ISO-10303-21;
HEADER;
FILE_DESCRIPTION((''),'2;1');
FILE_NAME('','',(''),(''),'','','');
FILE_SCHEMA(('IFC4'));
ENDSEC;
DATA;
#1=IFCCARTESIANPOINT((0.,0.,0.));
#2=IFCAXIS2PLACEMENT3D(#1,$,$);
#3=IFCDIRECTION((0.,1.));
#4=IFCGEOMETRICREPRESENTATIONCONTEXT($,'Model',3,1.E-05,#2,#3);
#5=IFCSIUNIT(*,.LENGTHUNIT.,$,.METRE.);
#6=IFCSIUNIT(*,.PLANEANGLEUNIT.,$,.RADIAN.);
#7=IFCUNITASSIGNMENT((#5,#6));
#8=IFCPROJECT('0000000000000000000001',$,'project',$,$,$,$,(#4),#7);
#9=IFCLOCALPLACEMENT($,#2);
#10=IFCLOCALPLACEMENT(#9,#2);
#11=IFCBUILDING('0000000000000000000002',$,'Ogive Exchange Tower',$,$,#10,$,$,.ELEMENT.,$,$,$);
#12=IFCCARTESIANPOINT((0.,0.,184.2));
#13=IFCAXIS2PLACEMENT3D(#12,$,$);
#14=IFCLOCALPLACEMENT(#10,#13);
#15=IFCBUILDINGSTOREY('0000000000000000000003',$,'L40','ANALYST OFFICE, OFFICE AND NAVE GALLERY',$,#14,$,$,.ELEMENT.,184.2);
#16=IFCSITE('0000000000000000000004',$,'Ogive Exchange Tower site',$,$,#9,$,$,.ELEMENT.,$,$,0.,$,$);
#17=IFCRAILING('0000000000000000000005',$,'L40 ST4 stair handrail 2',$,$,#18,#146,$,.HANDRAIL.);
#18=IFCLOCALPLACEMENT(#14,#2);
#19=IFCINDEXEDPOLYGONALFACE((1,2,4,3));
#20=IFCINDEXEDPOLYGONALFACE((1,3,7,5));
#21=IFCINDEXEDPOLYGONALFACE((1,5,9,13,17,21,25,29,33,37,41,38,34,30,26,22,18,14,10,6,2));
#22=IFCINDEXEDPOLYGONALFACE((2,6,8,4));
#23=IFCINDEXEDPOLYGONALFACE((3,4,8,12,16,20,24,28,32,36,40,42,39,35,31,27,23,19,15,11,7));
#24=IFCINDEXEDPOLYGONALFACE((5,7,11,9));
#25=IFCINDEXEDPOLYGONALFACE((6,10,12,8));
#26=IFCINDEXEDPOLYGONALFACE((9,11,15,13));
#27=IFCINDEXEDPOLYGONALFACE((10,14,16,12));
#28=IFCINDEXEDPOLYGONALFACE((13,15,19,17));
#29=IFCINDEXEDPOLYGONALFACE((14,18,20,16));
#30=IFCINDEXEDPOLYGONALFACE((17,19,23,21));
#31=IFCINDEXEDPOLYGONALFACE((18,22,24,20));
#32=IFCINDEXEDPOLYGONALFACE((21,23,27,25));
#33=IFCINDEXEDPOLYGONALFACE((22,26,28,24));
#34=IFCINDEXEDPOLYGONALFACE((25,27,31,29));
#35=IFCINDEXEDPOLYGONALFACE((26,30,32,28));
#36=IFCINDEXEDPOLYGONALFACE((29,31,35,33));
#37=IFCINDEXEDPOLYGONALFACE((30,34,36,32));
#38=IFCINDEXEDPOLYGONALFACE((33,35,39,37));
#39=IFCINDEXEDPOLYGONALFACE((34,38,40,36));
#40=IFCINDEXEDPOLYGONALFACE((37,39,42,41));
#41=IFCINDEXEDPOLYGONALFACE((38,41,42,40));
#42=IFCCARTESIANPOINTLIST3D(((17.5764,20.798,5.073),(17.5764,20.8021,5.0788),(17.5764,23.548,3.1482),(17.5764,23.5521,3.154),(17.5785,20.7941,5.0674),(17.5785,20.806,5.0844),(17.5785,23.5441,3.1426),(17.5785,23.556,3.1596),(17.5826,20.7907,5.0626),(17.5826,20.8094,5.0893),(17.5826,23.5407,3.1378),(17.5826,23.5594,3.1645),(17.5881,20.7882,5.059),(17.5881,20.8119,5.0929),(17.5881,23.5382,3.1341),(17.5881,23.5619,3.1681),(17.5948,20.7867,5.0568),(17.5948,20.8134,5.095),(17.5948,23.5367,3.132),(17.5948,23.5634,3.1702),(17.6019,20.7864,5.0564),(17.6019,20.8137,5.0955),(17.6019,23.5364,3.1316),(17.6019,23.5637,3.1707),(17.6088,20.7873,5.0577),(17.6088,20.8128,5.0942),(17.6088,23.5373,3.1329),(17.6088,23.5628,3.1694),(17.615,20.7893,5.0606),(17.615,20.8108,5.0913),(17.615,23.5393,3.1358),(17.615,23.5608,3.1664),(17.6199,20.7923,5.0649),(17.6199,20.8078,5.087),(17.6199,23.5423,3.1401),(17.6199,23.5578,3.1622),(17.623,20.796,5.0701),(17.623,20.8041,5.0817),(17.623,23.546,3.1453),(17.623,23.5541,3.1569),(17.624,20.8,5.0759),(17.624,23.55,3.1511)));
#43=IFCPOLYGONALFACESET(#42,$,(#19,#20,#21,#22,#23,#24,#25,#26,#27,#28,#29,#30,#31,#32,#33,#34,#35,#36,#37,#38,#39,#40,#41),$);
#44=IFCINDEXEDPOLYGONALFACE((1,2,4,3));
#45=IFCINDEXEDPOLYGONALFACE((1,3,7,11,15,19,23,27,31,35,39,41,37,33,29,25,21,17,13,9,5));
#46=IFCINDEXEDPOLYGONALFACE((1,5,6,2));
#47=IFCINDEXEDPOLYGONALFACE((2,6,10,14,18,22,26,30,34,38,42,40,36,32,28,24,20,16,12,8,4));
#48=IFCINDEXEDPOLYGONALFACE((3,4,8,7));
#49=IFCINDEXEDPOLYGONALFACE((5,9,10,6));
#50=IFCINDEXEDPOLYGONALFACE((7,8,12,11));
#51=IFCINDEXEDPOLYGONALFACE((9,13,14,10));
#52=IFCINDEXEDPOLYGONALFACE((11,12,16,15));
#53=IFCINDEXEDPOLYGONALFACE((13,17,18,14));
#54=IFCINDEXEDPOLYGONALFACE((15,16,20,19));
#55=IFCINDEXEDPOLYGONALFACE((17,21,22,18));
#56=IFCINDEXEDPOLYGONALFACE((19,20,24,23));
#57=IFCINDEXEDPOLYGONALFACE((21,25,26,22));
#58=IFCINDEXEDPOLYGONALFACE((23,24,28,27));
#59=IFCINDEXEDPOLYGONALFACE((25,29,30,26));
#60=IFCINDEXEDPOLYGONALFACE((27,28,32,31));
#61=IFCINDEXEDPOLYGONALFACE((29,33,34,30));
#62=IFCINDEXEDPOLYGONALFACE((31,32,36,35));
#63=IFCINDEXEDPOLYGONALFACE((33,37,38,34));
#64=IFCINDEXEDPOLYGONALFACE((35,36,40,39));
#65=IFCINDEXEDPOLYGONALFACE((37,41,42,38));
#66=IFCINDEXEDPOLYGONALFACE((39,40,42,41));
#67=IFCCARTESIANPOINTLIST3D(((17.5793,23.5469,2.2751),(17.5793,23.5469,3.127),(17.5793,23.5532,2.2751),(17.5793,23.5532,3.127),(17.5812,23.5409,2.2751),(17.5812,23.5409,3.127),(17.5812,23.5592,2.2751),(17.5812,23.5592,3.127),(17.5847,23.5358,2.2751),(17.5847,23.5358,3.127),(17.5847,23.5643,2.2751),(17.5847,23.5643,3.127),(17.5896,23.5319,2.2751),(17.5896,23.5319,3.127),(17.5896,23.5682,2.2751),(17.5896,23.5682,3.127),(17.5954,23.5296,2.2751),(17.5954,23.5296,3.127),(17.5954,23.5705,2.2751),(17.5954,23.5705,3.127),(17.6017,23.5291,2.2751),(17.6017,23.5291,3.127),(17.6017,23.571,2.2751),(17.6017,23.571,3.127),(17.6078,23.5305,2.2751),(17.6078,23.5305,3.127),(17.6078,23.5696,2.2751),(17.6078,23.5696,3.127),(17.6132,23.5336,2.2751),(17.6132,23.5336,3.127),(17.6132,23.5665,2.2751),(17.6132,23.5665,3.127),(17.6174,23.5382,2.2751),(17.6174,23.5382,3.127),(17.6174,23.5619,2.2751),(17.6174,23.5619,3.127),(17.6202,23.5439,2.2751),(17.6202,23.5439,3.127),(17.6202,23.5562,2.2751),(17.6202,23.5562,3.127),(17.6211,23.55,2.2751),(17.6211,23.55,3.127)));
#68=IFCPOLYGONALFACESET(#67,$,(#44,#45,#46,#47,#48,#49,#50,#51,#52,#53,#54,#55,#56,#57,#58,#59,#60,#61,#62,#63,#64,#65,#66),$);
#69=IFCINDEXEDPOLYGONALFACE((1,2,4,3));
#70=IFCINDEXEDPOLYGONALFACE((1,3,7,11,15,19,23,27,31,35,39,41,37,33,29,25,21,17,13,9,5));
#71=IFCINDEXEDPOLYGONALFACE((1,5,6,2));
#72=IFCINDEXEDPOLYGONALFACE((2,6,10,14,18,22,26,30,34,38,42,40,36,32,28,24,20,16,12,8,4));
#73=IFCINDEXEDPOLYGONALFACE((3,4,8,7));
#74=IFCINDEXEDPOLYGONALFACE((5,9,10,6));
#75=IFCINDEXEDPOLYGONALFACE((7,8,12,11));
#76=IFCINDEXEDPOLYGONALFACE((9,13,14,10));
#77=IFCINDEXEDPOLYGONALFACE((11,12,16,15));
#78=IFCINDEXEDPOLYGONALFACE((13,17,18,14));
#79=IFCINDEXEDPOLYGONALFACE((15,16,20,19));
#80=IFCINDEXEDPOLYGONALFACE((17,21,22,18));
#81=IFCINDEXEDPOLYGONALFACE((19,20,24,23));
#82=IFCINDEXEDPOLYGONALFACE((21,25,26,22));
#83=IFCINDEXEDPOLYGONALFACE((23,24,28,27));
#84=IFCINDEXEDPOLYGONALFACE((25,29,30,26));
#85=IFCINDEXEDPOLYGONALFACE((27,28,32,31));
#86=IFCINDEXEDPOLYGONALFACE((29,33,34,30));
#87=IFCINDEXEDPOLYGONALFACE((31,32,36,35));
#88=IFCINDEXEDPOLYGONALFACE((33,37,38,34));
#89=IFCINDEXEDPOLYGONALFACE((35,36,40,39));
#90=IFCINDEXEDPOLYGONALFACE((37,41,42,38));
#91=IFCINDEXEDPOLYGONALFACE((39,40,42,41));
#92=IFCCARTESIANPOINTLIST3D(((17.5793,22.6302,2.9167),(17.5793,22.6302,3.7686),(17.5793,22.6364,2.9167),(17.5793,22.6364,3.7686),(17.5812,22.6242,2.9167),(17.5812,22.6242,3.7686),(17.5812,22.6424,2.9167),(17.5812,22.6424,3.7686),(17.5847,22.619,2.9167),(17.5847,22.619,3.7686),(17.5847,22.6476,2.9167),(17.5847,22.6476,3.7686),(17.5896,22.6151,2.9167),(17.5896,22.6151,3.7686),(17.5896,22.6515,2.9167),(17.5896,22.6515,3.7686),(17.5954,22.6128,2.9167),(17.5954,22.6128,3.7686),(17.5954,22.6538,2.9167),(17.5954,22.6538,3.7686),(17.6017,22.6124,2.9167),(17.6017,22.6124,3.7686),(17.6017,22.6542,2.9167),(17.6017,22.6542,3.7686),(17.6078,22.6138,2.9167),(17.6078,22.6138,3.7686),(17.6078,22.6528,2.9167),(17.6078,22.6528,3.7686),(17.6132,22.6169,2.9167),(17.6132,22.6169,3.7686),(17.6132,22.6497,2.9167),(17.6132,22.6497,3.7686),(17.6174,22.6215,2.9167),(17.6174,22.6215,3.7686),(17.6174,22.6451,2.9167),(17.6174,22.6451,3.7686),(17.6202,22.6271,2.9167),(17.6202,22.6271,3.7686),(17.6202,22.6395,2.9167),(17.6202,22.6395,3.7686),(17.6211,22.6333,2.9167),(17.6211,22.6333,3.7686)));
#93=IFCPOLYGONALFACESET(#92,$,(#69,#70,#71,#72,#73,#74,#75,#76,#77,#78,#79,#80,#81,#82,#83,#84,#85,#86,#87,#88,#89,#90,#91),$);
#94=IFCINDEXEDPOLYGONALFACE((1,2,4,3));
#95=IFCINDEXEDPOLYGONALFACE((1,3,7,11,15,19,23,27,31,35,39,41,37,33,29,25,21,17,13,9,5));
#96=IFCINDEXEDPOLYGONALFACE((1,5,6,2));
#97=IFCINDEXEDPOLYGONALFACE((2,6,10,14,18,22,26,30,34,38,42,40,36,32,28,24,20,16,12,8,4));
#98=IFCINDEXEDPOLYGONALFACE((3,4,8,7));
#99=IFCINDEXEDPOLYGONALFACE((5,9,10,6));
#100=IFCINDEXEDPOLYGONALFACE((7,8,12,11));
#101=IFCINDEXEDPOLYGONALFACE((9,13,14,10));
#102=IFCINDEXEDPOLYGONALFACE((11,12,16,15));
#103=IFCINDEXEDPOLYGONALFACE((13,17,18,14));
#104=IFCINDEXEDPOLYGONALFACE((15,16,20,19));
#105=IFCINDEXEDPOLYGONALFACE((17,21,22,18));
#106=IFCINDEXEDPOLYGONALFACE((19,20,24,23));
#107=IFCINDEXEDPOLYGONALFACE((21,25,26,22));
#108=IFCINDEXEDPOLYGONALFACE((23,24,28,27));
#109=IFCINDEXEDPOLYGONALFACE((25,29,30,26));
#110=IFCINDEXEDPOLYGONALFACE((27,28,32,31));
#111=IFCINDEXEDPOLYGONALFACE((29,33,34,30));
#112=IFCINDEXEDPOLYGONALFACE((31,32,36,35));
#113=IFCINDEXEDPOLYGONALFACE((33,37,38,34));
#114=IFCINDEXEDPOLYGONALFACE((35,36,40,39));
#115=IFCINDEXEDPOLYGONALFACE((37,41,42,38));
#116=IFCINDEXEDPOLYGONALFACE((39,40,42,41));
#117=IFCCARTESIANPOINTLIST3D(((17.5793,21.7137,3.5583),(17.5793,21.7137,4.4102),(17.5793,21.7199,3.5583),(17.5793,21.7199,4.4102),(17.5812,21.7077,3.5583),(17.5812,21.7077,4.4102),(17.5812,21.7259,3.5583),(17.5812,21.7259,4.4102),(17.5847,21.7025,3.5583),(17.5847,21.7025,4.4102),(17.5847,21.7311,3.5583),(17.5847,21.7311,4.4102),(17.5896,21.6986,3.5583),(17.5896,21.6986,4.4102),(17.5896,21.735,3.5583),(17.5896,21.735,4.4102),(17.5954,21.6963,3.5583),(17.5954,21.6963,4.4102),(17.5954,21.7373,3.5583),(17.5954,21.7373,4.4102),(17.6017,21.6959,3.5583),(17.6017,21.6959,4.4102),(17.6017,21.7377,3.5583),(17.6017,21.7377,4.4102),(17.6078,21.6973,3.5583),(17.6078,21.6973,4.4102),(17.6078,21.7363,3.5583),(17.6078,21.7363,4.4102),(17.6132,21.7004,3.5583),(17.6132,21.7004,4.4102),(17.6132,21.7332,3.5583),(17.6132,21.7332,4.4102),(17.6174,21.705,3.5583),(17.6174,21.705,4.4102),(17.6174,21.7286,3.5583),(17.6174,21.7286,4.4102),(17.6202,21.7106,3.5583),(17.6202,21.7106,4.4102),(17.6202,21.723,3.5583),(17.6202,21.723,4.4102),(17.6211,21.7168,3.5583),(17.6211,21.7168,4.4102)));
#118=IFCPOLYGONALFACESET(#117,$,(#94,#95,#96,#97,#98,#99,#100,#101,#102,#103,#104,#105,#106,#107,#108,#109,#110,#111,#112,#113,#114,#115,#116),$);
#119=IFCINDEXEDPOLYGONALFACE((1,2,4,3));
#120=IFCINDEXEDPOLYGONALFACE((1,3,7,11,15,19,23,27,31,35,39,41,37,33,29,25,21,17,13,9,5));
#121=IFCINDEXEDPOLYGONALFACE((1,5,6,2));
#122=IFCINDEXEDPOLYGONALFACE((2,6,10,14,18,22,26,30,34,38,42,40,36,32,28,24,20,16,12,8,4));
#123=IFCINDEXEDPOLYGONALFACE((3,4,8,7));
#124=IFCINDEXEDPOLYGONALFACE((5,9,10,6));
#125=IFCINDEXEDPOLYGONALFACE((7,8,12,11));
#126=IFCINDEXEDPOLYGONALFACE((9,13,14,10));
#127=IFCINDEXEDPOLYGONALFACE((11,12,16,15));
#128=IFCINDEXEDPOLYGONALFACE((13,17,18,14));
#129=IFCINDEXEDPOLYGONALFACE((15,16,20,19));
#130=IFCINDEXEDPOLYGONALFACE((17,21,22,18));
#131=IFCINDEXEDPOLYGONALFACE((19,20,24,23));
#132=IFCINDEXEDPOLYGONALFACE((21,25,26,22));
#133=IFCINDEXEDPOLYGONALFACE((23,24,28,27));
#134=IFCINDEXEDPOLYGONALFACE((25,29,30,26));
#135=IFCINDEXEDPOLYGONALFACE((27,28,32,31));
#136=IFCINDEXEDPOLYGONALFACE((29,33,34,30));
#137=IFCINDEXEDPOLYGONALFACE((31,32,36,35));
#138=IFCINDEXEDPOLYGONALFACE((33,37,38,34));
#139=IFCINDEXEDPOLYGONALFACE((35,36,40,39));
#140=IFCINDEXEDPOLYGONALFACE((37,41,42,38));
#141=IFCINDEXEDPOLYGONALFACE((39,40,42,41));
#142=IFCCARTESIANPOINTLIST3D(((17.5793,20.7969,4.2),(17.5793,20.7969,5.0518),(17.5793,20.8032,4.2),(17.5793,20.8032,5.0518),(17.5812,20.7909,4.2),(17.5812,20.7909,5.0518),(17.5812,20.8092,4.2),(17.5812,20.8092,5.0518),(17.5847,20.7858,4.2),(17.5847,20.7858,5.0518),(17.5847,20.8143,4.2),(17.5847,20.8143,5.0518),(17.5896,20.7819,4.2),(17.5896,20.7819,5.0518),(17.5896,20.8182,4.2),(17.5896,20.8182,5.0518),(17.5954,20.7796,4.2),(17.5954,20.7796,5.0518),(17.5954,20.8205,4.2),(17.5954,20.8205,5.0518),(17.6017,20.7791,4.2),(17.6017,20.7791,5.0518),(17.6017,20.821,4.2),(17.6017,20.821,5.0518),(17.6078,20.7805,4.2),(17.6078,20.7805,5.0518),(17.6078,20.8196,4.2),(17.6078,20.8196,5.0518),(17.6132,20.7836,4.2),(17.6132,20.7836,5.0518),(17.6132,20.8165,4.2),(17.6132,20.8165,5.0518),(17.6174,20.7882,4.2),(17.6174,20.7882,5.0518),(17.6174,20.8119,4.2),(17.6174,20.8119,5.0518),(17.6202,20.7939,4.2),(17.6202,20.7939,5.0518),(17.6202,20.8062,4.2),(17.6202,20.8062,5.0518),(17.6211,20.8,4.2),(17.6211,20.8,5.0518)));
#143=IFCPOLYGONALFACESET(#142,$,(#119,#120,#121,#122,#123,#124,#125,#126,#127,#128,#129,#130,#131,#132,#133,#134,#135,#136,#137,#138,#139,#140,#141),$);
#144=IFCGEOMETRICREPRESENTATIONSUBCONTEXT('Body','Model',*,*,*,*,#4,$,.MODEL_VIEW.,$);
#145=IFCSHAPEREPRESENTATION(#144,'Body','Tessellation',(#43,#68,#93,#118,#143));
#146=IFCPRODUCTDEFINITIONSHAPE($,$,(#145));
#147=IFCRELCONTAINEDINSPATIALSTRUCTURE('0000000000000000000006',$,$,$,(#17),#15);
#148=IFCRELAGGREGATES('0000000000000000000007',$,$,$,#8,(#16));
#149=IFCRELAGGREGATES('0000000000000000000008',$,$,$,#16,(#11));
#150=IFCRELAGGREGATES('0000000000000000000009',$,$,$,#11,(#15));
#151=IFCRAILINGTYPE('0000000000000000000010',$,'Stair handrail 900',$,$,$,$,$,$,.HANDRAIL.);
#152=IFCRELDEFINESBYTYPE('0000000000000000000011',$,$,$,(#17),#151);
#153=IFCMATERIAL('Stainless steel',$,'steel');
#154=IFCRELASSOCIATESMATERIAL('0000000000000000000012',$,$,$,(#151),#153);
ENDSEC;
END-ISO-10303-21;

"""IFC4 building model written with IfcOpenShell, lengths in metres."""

from ifc_helpers import new_model, si_unit, direction, frame, origin, origin_2d, place, context, subcontext, project, spatial, circle, extrude, material, type_object, element, save


model = new_model("IFC4")

# Units and contexts
model_context = context("Model", 3, precision=1e-05, world=origin(), true_north=direction((0.0, 1.0)))
body_context = subcontext(model_context, "Body", "Model", "MODEL_VIEW")
ifc_project = project(units=[si_unit("LENGTHUNIT", "METRE"), si_unit("PLANEANGLEUNIT", "RADIAN")], contexts=[model_context])

# Site, building, storey
site_placement = place(None, origin())
site = spatial("IfcSite", under=ifc_project, at=site_placement, Name="Ogive Exchange Tower site", CompositionType="ELEMENT", RefElevation=0.0)
building_placement = place(site_placement, origin())
building = spatial("IfcBuilding", under=site, at=building_placement, Name="Ogive Exchange Tower", CompositionType="ELEMENT")
storey_placement = place(building_placement, frame((0.0, 0.0, 184.2)))
storey = spatial("IfcBuildingStorey", under=building, at=storey_placement, Name="L40", Description="ANALYST OFFICE, OFFICE AND NAVE GALLERY", CompositionType="ELEMENT", Elevation=184.2)

# Railing
ifc_material_1 = material(Name="Stainless steel", Category="steel")
railing_type = type_object("IfcRailingType", Name="Stair handrail 900", PredefinedType="HANDRAIL", material=ifc_material_1)
railing_placement = place(storey_placement, frame((17.6001, 23.55, 2.2751)))
element("IfcRailing", 1, at=railing_placement, inside=storey, type_object=railing_type, Name="L40 ST4 stair handrail 2", PredefinedType="HANDRAIL", context=body_context, shape_type="SweptSolid", body=[
    extrude(circle(Radius=0.0239, at=origin_2d()), frame((0.0, 0.0, 0.876), z_axis=(0.0, -0.819259, 0.573423), x_axis=(1.0, 0.0, 0.0)), (0.0, 0.0, 1.0), 3.3567),
    extrude(circle(Radius=0.021, at=origin_2d()), origin(), (0.0, 0.0, 1.0), 0.8518),
    extrude(circle(Radius=0.021, at=origin_2d()), frame((0.0, -0.9167, 0.6416)), (0.0, 0.0, 1.0), 0.8518),
    extrude(circle(Radius=0.021, at=origin_2d()), frame((0.0, -1.8333, 1.2832)), (0.0, 0.0, 1.0), 0.8518),
    extrude(circle(Radius=0.021, at=origin_2d()), frame((0.0, -2.75, 1.9248)), (0.0, 0.0, 1.0), 0.8518),
])

save(model, "model.ifc")
